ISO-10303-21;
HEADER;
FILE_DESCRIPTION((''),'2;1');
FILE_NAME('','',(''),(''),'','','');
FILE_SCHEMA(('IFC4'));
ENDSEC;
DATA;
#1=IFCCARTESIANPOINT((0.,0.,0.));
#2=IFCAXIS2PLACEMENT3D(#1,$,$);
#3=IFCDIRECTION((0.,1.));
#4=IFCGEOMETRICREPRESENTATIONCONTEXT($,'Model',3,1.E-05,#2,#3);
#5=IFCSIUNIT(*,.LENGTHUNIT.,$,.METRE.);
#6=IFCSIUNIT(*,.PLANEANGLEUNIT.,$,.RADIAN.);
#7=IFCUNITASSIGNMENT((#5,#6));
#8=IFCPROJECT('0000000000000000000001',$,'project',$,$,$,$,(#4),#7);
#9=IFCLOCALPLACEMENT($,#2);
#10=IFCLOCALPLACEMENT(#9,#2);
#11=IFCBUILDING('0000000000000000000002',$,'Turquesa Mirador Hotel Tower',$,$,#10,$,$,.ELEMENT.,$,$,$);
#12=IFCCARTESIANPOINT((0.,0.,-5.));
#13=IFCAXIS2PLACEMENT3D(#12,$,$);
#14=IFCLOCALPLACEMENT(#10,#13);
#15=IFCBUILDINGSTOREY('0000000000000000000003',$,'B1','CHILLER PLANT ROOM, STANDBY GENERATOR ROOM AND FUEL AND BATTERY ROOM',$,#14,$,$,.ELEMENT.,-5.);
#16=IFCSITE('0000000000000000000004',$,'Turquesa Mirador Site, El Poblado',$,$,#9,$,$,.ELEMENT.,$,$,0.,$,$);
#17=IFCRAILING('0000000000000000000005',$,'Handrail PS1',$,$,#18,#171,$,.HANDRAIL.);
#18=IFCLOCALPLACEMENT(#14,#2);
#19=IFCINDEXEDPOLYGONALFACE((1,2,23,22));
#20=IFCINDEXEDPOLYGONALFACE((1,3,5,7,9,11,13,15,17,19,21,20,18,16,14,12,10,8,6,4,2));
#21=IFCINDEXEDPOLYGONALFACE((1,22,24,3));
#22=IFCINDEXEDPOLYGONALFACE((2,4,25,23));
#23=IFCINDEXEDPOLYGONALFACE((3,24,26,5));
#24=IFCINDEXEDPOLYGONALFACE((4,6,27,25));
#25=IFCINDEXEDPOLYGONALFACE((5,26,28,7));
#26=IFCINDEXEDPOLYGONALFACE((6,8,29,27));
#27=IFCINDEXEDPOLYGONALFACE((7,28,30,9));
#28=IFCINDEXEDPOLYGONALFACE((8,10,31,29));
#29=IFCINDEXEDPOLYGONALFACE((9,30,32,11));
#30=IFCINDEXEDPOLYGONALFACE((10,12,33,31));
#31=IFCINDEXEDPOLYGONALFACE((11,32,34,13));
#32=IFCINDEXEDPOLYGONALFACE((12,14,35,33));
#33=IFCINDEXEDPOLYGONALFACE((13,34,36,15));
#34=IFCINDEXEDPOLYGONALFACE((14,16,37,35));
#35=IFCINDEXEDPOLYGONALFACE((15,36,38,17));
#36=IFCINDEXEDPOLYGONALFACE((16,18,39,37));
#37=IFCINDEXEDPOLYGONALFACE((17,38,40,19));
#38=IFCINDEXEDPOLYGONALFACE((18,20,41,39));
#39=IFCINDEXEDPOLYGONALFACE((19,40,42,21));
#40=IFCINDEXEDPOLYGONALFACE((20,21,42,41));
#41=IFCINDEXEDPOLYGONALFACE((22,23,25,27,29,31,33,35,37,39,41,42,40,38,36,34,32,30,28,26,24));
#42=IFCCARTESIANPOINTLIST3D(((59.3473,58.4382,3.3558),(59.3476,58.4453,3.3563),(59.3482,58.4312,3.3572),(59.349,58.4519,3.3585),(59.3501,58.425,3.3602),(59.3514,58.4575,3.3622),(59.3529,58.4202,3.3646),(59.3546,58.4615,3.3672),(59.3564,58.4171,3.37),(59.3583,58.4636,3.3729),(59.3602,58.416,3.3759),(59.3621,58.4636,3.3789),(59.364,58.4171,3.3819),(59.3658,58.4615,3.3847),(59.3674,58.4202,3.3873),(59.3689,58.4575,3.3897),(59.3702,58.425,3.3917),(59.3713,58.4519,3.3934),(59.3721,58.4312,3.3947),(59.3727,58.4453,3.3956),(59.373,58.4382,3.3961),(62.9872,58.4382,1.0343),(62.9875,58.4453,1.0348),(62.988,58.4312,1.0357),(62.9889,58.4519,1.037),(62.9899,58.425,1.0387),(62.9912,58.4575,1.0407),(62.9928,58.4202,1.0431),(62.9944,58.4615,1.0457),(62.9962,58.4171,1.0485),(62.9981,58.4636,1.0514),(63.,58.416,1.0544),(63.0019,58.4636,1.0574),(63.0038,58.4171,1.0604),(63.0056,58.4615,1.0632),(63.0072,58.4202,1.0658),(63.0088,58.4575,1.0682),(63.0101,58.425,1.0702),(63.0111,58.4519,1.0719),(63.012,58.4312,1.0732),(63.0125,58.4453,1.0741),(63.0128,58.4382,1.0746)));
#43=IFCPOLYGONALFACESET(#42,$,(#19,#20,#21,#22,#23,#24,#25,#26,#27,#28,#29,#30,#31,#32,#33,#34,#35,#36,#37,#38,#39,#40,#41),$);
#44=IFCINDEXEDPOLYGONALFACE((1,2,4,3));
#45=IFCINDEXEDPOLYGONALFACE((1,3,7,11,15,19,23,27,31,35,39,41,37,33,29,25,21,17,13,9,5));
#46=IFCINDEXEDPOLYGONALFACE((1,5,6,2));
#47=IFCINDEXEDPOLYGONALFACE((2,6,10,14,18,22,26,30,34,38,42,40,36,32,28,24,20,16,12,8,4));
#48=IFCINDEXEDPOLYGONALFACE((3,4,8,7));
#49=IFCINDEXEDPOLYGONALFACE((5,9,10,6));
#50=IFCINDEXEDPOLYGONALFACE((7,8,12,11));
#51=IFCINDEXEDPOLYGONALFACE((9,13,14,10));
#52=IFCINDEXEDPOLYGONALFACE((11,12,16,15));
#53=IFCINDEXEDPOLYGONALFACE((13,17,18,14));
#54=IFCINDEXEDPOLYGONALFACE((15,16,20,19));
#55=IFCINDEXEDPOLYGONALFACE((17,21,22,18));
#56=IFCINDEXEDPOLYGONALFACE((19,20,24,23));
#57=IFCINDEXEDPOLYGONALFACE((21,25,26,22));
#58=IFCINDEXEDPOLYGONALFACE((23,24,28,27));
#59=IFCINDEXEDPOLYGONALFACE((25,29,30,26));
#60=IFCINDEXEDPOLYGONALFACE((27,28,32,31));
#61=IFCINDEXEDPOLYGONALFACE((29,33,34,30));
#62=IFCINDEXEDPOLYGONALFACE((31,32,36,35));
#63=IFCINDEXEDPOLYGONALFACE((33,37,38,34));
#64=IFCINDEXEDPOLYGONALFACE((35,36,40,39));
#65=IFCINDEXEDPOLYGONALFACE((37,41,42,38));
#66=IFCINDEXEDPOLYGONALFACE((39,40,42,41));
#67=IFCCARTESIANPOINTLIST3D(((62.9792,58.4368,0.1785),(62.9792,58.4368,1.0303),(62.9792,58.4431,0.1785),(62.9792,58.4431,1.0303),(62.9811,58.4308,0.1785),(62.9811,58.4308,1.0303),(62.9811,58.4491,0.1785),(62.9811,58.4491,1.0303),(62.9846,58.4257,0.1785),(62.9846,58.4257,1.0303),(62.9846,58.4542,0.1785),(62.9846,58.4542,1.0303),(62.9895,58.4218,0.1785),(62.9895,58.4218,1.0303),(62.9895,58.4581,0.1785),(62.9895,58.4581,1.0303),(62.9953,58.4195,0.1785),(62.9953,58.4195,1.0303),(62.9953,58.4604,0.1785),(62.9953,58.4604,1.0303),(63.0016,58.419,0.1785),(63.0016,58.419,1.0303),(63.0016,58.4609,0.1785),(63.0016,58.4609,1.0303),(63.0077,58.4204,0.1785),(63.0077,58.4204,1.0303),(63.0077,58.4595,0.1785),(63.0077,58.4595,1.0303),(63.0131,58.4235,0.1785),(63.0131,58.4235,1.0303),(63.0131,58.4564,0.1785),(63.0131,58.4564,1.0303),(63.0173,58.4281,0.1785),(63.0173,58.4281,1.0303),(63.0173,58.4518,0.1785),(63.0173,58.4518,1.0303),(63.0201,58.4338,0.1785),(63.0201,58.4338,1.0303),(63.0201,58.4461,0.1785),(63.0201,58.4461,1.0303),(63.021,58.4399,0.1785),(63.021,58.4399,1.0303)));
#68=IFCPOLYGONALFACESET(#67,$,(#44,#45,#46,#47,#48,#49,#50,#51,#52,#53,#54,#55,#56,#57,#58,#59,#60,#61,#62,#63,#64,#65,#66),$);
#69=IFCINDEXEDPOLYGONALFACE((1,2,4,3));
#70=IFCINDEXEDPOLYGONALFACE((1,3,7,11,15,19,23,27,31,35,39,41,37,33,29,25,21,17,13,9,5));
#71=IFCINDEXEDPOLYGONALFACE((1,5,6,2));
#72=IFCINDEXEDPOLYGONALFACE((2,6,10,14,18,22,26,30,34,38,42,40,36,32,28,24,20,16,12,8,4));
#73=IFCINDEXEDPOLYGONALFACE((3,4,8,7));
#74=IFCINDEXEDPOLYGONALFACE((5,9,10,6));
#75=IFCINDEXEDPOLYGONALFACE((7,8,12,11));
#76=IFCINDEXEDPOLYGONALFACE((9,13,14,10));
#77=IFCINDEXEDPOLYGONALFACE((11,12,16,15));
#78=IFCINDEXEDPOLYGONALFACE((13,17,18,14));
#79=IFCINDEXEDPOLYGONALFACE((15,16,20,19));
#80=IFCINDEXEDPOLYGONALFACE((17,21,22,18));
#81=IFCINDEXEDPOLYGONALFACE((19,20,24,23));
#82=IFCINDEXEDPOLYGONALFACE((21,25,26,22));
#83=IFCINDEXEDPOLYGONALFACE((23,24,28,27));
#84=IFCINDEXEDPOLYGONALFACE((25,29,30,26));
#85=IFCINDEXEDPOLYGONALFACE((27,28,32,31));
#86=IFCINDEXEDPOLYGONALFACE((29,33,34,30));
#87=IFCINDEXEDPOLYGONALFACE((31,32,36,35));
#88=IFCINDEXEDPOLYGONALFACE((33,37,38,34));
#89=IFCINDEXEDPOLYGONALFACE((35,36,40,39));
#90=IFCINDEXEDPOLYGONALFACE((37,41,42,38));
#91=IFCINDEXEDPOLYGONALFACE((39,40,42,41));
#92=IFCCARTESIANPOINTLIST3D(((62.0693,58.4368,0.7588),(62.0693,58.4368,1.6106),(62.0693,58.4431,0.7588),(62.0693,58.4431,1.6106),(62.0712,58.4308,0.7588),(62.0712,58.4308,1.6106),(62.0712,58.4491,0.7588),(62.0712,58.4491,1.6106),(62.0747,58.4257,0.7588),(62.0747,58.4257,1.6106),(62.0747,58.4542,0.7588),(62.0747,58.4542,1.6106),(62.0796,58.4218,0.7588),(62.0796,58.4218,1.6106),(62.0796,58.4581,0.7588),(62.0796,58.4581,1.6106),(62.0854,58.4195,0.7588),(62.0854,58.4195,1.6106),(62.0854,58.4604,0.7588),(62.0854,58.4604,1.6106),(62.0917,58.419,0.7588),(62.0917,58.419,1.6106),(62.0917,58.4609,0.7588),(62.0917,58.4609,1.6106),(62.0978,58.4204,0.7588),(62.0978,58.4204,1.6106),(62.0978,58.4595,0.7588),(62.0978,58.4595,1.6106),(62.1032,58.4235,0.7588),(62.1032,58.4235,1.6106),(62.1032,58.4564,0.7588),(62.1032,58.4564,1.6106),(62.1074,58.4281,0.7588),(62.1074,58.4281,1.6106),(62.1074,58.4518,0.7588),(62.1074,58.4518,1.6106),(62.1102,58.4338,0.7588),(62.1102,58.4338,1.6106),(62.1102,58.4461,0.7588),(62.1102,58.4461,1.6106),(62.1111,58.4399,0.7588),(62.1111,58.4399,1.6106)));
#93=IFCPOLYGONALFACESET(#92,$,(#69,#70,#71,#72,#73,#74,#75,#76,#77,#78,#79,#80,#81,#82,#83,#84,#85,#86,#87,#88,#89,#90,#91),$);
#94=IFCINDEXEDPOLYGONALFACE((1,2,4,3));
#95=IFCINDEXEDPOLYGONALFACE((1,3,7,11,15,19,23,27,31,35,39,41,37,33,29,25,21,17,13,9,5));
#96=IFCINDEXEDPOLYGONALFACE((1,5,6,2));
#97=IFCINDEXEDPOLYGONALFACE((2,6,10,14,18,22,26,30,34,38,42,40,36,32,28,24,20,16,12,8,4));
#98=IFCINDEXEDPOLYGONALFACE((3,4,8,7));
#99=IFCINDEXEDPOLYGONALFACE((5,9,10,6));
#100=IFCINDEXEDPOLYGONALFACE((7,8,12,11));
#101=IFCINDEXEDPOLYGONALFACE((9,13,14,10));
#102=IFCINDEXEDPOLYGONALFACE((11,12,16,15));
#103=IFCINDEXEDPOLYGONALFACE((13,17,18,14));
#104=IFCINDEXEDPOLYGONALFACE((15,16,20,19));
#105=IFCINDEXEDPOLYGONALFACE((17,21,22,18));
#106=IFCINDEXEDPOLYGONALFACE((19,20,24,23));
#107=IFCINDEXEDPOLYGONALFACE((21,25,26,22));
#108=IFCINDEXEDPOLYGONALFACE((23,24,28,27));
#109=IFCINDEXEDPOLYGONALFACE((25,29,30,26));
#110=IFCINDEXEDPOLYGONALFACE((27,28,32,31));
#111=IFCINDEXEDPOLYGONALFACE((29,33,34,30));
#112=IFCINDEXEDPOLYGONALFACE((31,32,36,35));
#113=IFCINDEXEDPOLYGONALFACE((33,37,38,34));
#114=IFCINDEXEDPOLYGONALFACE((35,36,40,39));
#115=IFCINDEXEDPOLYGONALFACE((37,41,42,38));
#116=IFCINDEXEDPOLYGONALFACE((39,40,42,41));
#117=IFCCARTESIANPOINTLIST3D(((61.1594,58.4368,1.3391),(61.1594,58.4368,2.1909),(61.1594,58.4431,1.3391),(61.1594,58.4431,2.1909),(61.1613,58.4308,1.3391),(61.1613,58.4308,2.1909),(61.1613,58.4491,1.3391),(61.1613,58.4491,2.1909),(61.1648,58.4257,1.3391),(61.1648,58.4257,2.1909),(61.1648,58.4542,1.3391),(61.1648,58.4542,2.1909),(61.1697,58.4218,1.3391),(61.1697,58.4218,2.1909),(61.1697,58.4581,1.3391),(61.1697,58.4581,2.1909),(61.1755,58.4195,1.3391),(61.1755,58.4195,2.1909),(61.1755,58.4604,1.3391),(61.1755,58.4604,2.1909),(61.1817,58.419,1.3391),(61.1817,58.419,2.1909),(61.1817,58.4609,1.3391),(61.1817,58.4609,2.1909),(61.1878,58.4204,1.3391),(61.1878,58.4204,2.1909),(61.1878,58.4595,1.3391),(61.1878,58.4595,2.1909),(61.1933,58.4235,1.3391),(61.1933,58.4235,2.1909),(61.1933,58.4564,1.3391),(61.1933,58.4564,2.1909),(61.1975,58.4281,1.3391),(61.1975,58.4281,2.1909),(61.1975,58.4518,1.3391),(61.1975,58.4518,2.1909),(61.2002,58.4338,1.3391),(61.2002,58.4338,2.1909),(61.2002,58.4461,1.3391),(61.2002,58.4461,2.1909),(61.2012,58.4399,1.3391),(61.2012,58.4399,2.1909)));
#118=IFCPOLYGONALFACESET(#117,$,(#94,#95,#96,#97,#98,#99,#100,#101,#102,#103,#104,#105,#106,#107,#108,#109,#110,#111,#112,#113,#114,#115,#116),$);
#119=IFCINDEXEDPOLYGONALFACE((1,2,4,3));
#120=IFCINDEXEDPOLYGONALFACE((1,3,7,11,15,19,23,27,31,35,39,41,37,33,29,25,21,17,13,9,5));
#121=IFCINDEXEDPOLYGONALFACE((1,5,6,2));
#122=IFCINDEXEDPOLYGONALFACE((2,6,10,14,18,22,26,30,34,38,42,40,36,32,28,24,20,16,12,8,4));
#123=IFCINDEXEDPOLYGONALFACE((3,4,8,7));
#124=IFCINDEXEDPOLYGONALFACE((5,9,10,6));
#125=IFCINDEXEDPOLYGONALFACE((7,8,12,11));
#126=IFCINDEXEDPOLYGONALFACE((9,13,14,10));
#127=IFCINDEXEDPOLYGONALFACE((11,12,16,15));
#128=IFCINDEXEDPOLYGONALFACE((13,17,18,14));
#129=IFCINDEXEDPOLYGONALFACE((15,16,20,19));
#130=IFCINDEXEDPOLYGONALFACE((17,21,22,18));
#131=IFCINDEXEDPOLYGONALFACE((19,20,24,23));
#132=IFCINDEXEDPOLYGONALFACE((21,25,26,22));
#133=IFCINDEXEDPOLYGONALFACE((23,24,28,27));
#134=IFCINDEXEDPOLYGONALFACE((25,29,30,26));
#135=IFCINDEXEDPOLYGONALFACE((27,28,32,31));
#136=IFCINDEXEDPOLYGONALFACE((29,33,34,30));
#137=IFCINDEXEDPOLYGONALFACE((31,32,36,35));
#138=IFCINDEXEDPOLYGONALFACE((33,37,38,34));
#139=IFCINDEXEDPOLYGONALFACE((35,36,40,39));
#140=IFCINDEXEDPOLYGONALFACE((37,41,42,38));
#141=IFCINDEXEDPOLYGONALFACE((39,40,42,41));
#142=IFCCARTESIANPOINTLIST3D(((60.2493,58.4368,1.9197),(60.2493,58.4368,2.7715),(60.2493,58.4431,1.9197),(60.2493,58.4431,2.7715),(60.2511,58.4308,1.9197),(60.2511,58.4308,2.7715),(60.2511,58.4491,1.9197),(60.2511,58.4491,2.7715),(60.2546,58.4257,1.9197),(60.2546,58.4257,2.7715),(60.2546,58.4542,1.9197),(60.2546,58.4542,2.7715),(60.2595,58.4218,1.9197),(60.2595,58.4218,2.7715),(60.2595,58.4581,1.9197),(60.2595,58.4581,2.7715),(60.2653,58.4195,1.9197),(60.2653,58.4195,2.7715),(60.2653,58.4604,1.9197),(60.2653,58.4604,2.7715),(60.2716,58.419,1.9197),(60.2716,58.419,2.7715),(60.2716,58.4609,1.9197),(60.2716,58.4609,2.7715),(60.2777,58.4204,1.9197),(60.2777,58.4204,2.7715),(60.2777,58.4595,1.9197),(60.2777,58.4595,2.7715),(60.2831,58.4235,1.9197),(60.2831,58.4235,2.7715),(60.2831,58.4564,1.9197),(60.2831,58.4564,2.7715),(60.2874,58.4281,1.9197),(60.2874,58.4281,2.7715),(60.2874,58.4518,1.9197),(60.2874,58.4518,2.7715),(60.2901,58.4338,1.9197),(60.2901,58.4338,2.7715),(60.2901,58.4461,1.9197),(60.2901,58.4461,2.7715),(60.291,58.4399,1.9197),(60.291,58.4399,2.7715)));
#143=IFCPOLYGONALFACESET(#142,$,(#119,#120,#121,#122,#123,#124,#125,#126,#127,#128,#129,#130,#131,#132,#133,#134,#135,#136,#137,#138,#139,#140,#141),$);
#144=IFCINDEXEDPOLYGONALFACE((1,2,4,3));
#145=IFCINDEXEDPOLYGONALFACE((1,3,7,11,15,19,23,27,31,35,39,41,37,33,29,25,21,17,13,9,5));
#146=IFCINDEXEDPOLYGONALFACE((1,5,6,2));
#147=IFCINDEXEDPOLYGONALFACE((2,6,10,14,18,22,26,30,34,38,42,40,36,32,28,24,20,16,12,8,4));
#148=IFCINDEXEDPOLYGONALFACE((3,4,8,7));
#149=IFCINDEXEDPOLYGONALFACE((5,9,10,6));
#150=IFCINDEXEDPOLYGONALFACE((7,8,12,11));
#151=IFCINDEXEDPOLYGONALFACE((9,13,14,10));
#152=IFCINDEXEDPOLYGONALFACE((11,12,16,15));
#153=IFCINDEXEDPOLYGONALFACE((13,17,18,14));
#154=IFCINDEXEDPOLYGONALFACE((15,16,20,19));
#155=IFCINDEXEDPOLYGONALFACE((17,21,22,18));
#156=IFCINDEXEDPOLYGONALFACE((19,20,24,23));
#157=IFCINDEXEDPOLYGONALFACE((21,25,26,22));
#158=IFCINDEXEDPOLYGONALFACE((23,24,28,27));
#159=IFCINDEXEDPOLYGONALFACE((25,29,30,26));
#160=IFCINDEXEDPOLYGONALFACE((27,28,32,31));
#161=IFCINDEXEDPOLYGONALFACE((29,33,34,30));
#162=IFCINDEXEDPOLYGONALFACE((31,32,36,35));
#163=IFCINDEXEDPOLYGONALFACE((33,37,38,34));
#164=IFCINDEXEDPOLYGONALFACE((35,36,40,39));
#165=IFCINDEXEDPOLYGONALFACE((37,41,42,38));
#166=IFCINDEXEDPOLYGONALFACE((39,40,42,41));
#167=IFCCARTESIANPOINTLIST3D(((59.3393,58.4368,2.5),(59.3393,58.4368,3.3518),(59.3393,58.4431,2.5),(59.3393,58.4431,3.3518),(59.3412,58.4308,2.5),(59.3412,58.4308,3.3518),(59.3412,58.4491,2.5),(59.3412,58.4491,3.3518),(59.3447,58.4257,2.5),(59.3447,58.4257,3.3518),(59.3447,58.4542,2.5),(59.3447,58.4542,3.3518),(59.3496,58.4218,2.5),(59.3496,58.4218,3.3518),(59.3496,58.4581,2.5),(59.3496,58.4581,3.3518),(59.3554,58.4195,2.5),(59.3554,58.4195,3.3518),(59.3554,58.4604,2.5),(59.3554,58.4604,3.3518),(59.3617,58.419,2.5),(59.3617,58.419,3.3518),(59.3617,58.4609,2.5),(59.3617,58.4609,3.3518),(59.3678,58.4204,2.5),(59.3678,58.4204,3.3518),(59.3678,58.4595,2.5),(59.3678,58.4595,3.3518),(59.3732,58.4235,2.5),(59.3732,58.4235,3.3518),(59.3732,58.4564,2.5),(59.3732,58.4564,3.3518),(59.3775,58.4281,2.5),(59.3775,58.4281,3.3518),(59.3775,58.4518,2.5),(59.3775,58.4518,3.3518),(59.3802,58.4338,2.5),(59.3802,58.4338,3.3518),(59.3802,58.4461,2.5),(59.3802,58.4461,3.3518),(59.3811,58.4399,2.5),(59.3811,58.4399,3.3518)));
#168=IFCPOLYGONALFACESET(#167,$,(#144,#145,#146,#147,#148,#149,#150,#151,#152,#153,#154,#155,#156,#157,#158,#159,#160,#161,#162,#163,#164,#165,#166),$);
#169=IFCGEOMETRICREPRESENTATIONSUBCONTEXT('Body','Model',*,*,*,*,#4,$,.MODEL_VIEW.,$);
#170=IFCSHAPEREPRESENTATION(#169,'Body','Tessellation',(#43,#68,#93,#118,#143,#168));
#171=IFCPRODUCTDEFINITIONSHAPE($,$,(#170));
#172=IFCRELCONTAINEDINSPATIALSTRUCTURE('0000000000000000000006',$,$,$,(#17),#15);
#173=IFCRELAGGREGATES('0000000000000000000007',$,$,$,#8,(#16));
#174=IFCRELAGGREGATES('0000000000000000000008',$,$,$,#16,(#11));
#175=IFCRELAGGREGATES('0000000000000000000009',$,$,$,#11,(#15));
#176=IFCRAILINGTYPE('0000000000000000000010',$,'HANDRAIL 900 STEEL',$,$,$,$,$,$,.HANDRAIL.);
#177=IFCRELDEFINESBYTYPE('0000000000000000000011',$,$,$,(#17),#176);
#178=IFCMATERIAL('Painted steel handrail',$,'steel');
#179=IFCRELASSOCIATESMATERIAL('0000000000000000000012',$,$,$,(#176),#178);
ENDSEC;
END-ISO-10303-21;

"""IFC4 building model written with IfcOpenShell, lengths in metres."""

from ifc_helpers import new_model, si_unit, direction, frame, origin, origin_2d, place, context, subcontext, project, spatial, circle, extrude, material, type_object, element, save


model = new_model("IFC4")

# Units and contexts
model_context = context("Model", 3, precision=1e-05, world=origin(), true_north=direction((0.0, 1.0)))
body_context = subcontext(model_context, "Body", "Model", "MODEL_VIEW")
ifc_project = project(units=[si_unit("LENGTHUNIT", "METRE"), si_unit("PLANEANGLEUNIT", "RADIAN")], contexts=[model_context])

# Site, building, storey
site_placement = place(None, origin())
site = spatial("IfcSite", under=ifc_project, at=site_placement, Name="Turquesa Mirador Site, El Poblado", CompositionType="ELEMENT", RefElevation=0.0)
building_placement = place(site_placement, origin())
building = spatial("IfcBuilding", under=site, at=building_placement, Name="Turquesa Mirador Hotel Tower", CompositionType="ELEMENT")
storey_placement = place(building_placement, frame((0.0, 0.0, -5.0)))
storey = spatial("IfcBuildingStorey", under=building, at=storey_placement, Name="B1", Description="CHILLER PLANT ROOM, STANDBY GENERATOR ROOM AND FUEL AND BATTERY ROOM", CompositionType="ELEMENT", Elevation=-5.0)

# Railing
ifc_material_1 = material(Name="Painted steel handrail", Category="steel")
railing_type = type_object("IfcRailingType", Name="HANDRAIL 900 STEEL", PredefinedType="HANDRAIL", material=ifc_material_1)
railing_1_placement = place(storey_placement, frame((63.0, 58.4399, 0.1785)))
element("IfcRailing", 1, at=railing_1_placement, inside=storey, type_object=railing_type, Name="Handrail PS1", PredefinedType="HANDRAIL", context=body_context, shape_type="SweptSolid", body=[
    extrude(circle(Radius=0.0239, at=origin_2d()), frame((0.0, 0.0, 0.876), z_axis=(-0.843112, 0.0, 0.537739), x_axis=(0.0, -1.0, 0.0)), (0.0, 0.0, 1.0), 4.3171),
    extrude(circle(Radius=0.021, at=origin_2d()), origin(), (0.0, 0.0, 1.0), 0.8518),
    extrude(circle(Radius=0.021, at=origin_2d()), frame((-0.9099, 0.0, 0.5803)), (0.0, 0.0, 1.0), 0.8518),
    extrude(circle(Radius=0.021, at=origin_2d()), frame((-1.8198, 0.0, 1.1606)), (0.0, 0.0, 1.0), 0.8518),
    extrude(circle(Radius=0.021, at=origin_2d()), frame((-2.73, 0.0, 1.7412)), (0.0, 0.0, 1.0), 0.8518),
    extrude(circle(Radius=0.021, at=origin_2d()), frame((-3.6399, 0.0, 2.3215)), (0.0, 0.0, 1.0), 0.8518),
])

save(model, "model.ifc")
